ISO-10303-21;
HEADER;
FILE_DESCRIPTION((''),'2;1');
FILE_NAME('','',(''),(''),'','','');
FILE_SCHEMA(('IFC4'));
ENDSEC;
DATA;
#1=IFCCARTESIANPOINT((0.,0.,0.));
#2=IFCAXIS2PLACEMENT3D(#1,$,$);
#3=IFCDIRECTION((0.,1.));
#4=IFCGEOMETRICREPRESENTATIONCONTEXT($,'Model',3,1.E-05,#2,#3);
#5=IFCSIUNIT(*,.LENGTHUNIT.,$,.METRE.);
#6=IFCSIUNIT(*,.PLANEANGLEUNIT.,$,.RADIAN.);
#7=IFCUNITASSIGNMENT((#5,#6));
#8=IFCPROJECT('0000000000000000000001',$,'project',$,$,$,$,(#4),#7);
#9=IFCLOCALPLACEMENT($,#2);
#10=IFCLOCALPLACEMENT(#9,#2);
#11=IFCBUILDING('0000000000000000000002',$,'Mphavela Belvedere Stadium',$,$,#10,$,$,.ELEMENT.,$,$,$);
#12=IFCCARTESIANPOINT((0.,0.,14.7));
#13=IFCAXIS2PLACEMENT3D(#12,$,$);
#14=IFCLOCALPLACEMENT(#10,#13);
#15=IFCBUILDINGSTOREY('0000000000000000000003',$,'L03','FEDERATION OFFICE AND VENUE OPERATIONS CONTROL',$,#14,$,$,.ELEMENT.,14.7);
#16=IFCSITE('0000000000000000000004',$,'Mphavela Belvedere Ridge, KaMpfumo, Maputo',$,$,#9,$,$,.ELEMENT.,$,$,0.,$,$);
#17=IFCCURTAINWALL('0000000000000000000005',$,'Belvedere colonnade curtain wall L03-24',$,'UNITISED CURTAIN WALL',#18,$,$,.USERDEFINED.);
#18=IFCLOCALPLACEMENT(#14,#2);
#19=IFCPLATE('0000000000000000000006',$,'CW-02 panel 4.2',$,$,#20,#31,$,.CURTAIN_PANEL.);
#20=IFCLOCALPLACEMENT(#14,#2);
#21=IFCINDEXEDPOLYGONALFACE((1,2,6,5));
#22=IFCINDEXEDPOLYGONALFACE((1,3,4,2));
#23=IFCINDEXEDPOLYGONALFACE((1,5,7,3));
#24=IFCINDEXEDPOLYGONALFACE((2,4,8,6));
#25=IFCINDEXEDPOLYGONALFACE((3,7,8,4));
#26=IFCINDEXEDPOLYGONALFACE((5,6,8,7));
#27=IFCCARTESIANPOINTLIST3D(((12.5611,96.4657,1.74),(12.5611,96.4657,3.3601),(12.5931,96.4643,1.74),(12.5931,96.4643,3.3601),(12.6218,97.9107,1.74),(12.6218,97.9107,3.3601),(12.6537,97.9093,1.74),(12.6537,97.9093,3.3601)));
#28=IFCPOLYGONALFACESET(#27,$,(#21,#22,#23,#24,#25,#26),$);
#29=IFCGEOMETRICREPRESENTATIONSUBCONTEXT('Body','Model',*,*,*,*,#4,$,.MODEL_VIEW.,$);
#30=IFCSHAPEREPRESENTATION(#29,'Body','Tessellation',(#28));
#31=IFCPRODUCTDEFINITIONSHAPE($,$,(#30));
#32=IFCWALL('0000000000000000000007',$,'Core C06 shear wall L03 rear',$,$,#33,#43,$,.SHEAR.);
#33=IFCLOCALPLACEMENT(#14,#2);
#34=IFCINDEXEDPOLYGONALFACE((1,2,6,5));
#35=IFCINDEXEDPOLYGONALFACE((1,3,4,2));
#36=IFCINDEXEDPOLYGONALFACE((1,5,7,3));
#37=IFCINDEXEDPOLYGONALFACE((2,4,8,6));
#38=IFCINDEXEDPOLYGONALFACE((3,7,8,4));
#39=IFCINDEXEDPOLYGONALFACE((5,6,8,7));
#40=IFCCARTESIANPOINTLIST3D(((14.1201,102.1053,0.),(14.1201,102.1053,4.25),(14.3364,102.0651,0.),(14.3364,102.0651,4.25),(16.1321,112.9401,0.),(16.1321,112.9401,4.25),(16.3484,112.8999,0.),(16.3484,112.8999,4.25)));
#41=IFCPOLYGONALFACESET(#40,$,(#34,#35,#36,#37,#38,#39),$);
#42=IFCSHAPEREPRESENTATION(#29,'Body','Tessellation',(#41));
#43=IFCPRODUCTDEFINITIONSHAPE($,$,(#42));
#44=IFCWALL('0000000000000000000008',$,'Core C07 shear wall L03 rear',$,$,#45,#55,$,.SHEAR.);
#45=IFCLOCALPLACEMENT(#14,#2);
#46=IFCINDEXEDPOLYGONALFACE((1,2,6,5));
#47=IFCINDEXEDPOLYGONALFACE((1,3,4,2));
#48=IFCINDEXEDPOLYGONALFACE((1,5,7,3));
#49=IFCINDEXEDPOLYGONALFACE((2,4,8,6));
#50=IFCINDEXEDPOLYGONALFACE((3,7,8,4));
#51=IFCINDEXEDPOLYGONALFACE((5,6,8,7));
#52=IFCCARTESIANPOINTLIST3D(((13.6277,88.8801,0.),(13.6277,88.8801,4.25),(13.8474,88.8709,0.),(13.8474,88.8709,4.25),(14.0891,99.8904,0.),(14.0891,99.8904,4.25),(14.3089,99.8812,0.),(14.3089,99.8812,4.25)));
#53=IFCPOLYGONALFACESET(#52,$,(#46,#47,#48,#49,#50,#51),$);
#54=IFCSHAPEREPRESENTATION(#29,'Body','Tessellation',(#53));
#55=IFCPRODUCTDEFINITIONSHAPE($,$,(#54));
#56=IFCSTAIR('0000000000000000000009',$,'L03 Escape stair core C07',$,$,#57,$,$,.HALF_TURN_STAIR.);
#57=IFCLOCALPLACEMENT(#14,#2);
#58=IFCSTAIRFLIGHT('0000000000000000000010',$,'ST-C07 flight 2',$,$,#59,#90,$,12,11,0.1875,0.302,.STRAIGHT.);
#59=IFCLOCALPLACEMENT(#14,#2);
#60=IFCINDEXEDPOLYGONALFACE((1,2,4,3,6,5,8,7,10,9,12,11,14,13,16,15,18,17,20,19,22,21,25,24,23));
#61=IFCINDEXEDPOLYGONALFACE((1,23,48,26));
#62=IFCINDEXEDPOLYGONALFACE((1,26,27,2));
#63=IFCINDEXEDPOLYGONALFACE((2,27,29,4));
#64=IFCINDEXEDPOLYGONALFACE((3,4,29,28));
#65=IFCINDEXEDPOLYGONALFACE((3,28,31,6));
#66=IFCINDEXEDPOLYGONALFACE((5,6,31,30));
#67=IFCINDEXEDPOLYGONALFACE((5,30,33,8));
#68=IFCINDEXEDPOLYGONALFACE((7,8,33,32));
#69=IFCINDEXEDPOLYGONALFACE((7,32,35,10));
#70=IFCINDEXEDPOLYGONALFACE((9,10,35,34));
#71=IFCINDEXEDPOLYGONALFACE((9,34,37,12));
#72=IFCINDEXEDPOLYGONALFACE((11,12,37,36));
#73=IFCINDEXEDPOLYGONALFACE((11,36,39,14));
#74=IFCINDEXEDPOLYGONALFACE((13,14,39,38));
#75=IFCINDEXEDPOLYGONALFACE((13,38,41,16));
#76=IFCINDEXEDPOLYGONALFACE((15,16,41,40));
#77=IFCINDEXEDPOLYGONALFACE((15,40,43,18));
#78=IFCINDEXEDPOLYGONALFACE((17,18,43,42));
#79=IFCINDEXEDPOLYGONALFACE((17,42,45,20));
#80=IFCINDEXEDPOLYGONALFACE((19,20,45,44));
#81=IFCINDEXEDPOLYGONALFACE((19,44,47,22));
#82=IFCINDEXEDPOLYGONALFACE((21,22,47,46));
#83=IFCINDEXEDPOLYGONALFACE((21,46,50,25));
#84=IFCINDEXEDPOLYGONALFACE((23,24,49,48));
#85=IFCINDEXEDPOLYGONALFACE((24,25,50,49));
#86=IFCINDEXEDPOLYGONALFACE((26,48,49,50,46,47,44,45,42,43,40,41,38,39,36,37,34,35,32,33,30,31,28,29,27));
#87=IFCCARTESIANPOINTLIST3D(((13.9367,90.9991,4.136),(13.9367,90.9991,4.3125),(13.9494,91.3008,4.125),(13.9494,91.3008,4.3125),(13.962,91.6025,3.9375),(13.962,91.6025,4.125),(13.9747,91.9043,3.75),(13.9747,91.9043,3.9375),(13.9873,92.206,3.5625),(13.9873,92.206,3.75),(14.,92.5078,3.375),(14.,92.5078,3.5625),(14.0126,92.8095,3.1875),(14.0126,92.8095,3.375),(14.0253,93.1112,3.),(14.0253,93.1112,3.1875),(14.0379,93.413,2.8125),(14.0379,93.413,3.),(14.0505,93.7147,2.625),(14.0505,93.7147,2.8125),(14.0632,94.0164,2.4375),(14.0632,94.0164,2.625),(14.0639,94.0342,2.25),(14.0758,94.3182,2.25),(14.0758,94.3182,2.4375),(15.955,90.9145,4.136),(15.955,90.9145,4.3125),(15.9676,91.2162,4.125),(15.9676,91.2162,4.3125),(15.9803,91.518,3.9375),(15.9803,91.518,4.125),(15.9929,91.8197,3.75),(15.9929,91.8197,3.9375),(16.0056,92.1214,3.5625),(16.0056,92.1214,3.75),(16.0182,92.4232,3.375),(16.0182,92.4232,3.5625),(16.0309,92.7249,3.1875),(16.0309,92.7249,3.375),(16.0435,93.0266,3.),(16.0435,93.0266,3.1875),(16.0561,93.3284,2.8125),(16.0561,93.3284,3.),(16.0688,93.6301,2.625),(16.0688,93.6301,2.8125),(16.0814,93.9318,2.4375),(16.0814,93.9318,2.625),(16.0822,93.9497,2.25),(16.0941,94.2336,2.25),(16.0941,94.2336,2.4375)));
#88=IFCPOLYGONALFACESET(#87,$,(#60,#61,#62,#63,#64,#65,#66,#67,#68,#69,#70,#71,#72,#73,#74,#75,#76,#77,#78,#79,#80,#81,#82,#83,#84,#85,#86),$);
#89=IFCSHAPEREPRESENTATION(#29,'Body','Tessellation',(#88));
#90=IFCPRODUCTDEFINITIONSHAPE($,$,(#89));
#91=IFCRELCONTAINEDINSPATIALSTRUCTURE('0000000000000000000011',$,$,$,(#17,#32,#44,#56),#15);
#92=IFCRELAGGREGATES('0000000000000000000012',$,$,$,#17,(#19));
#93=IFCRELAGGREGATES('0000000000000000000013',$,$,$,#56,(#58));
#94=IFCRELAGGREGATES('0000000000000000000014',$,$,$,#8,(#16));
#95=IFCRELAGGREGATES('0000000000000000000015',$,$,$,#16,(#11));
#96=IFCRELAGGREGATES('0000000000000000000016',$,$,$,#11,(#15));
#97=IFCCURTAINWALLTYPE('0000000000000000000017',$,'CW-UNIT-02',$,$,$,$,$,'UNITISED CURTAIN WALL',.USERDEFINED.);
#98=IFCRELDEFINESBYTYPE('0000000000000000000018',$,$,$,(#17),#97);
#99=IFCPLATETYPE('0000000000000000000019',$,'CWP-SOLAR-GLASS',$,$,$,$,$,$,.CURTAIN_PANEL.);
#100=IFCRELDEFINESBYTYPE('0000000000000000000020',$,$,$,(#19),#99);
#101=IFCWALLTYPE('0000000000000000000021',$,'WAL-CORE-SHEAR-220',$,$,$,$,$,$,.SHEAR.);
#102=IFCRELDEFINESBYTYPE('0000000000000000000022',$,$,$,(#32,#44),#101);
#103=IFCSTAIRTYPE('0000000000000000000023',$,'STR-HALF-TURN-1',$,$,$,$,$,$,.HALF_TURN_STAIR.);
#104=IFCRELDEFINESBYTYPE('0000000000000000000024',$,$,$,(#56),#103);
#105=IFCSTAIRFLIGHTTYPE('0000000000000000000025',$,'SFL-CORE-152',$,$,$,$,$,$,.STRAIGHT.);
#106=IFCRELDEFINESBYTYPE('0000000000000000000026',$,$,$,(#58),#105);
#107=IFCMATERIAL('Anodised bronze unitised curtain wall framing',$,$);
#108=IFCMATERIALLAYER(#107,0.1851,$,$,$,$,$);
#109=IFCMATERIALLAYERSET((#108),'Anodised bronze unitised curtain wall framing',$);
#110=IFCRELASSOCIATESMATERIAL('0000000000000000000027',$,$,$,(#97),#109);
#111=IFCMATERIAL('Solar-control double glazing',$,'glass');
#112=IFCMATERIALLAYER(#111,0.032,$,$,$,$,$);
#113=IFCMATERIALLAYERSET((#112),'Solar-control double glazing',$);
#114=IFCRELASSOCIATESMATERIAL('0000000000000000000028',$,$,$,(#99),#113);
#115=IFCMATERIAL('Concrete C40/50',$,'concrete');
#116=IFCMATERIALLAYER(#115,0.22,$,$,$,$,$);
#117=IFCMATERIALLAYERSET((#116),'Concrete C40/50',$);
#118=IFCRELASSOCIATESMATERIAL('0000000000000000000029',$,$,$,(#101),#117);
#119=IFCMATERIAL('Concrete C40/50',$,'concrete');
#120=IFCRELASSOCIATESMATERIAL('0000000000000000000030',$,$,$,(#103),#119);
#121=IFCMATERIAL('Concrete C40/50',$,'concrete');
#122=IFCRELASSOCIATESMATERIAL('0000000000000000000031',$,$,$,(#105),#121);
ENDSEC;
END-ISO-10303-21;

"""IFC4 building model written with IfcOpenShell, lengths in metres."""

from ifc_helpers import new_model, si_unit, direction, frame, frame_2d, origin, origin_2d, place, context, subcontext, project, spatial, polyline, rectangle, outline, extrude, material, layer, layer_set, type_object, element, aggregate, save


model = new_model("IFC4")

# Units and contexts
model_context = context("Model", 3, precision=1e-05, world=origin(), true_north=direction((0.0, 1.0)))
body_context = subcontext(model_context, "Body", "Model", "MODEL_VIEW")
ifc_project = project(units=[si_unit("LENGTHUNIT", "METRE"), si_unit("PLANEANGLEUNIT", "RADIAN")], contexts=[model_context])

# Site, building, storey
site_placement = place(None, origin())
site = spatial("IfcSite", under=ifc_project, at=site_placement, Name="Mphavela Belvedere Ridge, KaMpfumo, Maputo", CompositionType="ELEMENT", RefElevation=0.0)
building_placement = place(site_placement, origin())
building = spatial("IfcBuilding", under=site, at=building_placement, Name="Mphavela Belvedere Stadium", CompositionType="ELEMENT")
storey_placement = place(building_placement, frame((0.0, 0.0, 14.7)))
storey = spatial("IfcBuildingStorey", under=building, at=storey_placement, Name="L03", Description="FEDERATION OFFICE AND VENUE OPERATIONS CONTROL", CompositionType="ELEMENT", Elevation=14.7)

# Curtain wall, plate
ifc_material_1 = material(Name="Anodised bronze unitised curtain wall framing")
ifc_layer_1 = layer(ifc_material_1, 0.1851)
ifc_layer_set_1 = layer_set([ifc_layer_1], Name="Anodised bronze unitised curtain wall framing")
curtain_wall_type = type_object("IfcCurtainWallType", Name="CW-UNIT-02", ElementType="UNITISED CURTAIN WALL", PredefinedType="USERDEFINED", material=ifc_layer_set_1)
curtain_wall_placement = place(storey_placement, origin())
curtain_wall = element("IfcCurtainWall", 1, at=curtain_wall_placement, inside=storey, type_object=curtain_wall_type, Name="Belvedere colonnade curtain wall L03-24", ObjectType="UNITISED CURTAIN WALL", PredefinedType="USERDEFINED")
ifc_material_2 = material(Name="Solar-control double glazing", Category="glass")
ifc_layer_2 = layer(ifc_material_2, 0.032)
ifc_layer_set_2 = layer_set([ifc_layer_2], Name="Solar-control double glazing")
plate_type = type_object("IfcPlateType", Name="CWP-SOLAR-GLASS", PredefinedType="CURTAIN_PANEL", material=ifc_layer_set_2)
plate_1_placement = place(storey_placement, frame((12.6074, 97.1875, 1.74), z_axis=(0.0, 0.0, 1.0), x_axis=(-0.041911, -0.999121, 0.0)))
plate_1 = element("IfcPlate", 2, at=plate_1_placement, type_object=plate_type, Name="CW-02 panel 4.2", PredefinedType="CURTAIN_PANEL", context=body_context, shape_type="SweptSolid", body=[
    extrude(rectangle(XDim=1.4463, YDim=0.032, at=origin_2d()), origin(), (0.0, 0.0, 1.0), 1.6201),
])
aggregate(curtain_wall, [plate_1])

# Walls
ifc_material_3 = material(Name="Concrete C40/50", Category="concrete")
ifc_layer_3 = layer(ifc_material_3, 0.22)
ifc_layer_set_3 = layer_set([ifc_layer_3], Name="Concrete C40/50")
wall_type = type_object("IfcWallType", Name="WAL-CORE-SHEAR-220", PredefinedType="SHEAR", material=ifc_layer_set_3)
for number, where, z_axis, x_axis, name in (
    (3, (14.2283, 102.0852, 0.0), (0.0, 0.0, 1.0), (0.182575, 0.983192, 0.0), "Core C06 shear wall L03 rear"),
    (4, (13.7375, 88.8755, 0.0), (0.0, 0.0, 1.0), (0.041872, 0.999123, 0.0), "Core C07 shear wall L03 rear"),
):
    element("IfcWall", number, at=place(storey_placement, frame(where, z_axis=z_axis, x_axis=x_axis)), inside=storey, type_object=wall_type, Name=name, PredefinedType="SHEAR", context=body_context, shape_type="SweptSolid", body=[
        extrude(rectangle(XDim=11.02, YDim=0.22, at=frame_2d((5.51, 0.0))), origin(), (0.0, 0.0, 1.0), 4.25),
    ])

# Stair, stair flight
ifc_material_4 = material(Name="Concrete C40/50", Category="concrete")
stair_type = type_object("IfcStairType", Name="STR-HALF-TURN-1", PredefinedType="HALF_TURN_STAIR", material=ifc_material_4)
stair_placement = place(storey_placement, origin())
stair = element("IfcStair", 5, at=stair_placement, inside=storey, type_object=stair_type, Name="L03 Escape stair core C07", PredefinedType="HALF_TURN_STAIR")
ifc_material_5 = material(Name="Concrete C40/50", Category="concrete")
stair_flight_type = type_object("IfcStairFlightType", Name="SFL-CORE-152", PredefinedType="STRAIGHT", material=ifc_material_5)
stair_flight_placement = place(storey_placement, frame((15.085, 94.2759, 2.25), z_axis=(0.0, 0.0, 1.0), x_axis=(-0.041876, -0.999123, 0.0)))
stair_flight = element("IfcStairFlight", 6, at=stair_flight_placement, type_object=stair_flight_type, Name="ST-C07 flight 2", NumberOfRisers=12, NumberOfTreads=11, PredefinedType="STRAIGHT", RiserHeight=0.1875, TreadLength=0.302, context=body_context, shape_type="SweptSolid", body=[
    extrude(outline(polyline([(0.0, 0.0), (0.0, 0.1875), (0.302, 0.1875), (0.302, 0.375), (0.604, 0.375), (0.604, 0.5625), (0.906, 0.5625), (0.906, 0.75), (1.208, 0.75), (1.208, 0.9375), (1.51, 0.9375), (1.51, 1.125), (1.812, 1.125), (1.812, 1.3125), (2.114, 1.3125), (2.114, 1.5), (2.416, 1.5), (2.416, 1.6875), (2.718, 1.6875), (2.718, 1.875), (3.02, 1.875), (3.02, 2.0625), (3.322, 2.0625), (3.322, 2.25), (3.322, 1.886), (0.2842, 0.0), (0.0, 0.0)])), frame((0.0, 1.01, 0.0), z_axis=(0.0, -1.0, 0.0), x_axis=(1.0, 0.0, 0.0)), (0.0, 0.0, 1.0), 2.02),
])
aggregate(stair, [stair_flight])

save(model, "model.ifc")
